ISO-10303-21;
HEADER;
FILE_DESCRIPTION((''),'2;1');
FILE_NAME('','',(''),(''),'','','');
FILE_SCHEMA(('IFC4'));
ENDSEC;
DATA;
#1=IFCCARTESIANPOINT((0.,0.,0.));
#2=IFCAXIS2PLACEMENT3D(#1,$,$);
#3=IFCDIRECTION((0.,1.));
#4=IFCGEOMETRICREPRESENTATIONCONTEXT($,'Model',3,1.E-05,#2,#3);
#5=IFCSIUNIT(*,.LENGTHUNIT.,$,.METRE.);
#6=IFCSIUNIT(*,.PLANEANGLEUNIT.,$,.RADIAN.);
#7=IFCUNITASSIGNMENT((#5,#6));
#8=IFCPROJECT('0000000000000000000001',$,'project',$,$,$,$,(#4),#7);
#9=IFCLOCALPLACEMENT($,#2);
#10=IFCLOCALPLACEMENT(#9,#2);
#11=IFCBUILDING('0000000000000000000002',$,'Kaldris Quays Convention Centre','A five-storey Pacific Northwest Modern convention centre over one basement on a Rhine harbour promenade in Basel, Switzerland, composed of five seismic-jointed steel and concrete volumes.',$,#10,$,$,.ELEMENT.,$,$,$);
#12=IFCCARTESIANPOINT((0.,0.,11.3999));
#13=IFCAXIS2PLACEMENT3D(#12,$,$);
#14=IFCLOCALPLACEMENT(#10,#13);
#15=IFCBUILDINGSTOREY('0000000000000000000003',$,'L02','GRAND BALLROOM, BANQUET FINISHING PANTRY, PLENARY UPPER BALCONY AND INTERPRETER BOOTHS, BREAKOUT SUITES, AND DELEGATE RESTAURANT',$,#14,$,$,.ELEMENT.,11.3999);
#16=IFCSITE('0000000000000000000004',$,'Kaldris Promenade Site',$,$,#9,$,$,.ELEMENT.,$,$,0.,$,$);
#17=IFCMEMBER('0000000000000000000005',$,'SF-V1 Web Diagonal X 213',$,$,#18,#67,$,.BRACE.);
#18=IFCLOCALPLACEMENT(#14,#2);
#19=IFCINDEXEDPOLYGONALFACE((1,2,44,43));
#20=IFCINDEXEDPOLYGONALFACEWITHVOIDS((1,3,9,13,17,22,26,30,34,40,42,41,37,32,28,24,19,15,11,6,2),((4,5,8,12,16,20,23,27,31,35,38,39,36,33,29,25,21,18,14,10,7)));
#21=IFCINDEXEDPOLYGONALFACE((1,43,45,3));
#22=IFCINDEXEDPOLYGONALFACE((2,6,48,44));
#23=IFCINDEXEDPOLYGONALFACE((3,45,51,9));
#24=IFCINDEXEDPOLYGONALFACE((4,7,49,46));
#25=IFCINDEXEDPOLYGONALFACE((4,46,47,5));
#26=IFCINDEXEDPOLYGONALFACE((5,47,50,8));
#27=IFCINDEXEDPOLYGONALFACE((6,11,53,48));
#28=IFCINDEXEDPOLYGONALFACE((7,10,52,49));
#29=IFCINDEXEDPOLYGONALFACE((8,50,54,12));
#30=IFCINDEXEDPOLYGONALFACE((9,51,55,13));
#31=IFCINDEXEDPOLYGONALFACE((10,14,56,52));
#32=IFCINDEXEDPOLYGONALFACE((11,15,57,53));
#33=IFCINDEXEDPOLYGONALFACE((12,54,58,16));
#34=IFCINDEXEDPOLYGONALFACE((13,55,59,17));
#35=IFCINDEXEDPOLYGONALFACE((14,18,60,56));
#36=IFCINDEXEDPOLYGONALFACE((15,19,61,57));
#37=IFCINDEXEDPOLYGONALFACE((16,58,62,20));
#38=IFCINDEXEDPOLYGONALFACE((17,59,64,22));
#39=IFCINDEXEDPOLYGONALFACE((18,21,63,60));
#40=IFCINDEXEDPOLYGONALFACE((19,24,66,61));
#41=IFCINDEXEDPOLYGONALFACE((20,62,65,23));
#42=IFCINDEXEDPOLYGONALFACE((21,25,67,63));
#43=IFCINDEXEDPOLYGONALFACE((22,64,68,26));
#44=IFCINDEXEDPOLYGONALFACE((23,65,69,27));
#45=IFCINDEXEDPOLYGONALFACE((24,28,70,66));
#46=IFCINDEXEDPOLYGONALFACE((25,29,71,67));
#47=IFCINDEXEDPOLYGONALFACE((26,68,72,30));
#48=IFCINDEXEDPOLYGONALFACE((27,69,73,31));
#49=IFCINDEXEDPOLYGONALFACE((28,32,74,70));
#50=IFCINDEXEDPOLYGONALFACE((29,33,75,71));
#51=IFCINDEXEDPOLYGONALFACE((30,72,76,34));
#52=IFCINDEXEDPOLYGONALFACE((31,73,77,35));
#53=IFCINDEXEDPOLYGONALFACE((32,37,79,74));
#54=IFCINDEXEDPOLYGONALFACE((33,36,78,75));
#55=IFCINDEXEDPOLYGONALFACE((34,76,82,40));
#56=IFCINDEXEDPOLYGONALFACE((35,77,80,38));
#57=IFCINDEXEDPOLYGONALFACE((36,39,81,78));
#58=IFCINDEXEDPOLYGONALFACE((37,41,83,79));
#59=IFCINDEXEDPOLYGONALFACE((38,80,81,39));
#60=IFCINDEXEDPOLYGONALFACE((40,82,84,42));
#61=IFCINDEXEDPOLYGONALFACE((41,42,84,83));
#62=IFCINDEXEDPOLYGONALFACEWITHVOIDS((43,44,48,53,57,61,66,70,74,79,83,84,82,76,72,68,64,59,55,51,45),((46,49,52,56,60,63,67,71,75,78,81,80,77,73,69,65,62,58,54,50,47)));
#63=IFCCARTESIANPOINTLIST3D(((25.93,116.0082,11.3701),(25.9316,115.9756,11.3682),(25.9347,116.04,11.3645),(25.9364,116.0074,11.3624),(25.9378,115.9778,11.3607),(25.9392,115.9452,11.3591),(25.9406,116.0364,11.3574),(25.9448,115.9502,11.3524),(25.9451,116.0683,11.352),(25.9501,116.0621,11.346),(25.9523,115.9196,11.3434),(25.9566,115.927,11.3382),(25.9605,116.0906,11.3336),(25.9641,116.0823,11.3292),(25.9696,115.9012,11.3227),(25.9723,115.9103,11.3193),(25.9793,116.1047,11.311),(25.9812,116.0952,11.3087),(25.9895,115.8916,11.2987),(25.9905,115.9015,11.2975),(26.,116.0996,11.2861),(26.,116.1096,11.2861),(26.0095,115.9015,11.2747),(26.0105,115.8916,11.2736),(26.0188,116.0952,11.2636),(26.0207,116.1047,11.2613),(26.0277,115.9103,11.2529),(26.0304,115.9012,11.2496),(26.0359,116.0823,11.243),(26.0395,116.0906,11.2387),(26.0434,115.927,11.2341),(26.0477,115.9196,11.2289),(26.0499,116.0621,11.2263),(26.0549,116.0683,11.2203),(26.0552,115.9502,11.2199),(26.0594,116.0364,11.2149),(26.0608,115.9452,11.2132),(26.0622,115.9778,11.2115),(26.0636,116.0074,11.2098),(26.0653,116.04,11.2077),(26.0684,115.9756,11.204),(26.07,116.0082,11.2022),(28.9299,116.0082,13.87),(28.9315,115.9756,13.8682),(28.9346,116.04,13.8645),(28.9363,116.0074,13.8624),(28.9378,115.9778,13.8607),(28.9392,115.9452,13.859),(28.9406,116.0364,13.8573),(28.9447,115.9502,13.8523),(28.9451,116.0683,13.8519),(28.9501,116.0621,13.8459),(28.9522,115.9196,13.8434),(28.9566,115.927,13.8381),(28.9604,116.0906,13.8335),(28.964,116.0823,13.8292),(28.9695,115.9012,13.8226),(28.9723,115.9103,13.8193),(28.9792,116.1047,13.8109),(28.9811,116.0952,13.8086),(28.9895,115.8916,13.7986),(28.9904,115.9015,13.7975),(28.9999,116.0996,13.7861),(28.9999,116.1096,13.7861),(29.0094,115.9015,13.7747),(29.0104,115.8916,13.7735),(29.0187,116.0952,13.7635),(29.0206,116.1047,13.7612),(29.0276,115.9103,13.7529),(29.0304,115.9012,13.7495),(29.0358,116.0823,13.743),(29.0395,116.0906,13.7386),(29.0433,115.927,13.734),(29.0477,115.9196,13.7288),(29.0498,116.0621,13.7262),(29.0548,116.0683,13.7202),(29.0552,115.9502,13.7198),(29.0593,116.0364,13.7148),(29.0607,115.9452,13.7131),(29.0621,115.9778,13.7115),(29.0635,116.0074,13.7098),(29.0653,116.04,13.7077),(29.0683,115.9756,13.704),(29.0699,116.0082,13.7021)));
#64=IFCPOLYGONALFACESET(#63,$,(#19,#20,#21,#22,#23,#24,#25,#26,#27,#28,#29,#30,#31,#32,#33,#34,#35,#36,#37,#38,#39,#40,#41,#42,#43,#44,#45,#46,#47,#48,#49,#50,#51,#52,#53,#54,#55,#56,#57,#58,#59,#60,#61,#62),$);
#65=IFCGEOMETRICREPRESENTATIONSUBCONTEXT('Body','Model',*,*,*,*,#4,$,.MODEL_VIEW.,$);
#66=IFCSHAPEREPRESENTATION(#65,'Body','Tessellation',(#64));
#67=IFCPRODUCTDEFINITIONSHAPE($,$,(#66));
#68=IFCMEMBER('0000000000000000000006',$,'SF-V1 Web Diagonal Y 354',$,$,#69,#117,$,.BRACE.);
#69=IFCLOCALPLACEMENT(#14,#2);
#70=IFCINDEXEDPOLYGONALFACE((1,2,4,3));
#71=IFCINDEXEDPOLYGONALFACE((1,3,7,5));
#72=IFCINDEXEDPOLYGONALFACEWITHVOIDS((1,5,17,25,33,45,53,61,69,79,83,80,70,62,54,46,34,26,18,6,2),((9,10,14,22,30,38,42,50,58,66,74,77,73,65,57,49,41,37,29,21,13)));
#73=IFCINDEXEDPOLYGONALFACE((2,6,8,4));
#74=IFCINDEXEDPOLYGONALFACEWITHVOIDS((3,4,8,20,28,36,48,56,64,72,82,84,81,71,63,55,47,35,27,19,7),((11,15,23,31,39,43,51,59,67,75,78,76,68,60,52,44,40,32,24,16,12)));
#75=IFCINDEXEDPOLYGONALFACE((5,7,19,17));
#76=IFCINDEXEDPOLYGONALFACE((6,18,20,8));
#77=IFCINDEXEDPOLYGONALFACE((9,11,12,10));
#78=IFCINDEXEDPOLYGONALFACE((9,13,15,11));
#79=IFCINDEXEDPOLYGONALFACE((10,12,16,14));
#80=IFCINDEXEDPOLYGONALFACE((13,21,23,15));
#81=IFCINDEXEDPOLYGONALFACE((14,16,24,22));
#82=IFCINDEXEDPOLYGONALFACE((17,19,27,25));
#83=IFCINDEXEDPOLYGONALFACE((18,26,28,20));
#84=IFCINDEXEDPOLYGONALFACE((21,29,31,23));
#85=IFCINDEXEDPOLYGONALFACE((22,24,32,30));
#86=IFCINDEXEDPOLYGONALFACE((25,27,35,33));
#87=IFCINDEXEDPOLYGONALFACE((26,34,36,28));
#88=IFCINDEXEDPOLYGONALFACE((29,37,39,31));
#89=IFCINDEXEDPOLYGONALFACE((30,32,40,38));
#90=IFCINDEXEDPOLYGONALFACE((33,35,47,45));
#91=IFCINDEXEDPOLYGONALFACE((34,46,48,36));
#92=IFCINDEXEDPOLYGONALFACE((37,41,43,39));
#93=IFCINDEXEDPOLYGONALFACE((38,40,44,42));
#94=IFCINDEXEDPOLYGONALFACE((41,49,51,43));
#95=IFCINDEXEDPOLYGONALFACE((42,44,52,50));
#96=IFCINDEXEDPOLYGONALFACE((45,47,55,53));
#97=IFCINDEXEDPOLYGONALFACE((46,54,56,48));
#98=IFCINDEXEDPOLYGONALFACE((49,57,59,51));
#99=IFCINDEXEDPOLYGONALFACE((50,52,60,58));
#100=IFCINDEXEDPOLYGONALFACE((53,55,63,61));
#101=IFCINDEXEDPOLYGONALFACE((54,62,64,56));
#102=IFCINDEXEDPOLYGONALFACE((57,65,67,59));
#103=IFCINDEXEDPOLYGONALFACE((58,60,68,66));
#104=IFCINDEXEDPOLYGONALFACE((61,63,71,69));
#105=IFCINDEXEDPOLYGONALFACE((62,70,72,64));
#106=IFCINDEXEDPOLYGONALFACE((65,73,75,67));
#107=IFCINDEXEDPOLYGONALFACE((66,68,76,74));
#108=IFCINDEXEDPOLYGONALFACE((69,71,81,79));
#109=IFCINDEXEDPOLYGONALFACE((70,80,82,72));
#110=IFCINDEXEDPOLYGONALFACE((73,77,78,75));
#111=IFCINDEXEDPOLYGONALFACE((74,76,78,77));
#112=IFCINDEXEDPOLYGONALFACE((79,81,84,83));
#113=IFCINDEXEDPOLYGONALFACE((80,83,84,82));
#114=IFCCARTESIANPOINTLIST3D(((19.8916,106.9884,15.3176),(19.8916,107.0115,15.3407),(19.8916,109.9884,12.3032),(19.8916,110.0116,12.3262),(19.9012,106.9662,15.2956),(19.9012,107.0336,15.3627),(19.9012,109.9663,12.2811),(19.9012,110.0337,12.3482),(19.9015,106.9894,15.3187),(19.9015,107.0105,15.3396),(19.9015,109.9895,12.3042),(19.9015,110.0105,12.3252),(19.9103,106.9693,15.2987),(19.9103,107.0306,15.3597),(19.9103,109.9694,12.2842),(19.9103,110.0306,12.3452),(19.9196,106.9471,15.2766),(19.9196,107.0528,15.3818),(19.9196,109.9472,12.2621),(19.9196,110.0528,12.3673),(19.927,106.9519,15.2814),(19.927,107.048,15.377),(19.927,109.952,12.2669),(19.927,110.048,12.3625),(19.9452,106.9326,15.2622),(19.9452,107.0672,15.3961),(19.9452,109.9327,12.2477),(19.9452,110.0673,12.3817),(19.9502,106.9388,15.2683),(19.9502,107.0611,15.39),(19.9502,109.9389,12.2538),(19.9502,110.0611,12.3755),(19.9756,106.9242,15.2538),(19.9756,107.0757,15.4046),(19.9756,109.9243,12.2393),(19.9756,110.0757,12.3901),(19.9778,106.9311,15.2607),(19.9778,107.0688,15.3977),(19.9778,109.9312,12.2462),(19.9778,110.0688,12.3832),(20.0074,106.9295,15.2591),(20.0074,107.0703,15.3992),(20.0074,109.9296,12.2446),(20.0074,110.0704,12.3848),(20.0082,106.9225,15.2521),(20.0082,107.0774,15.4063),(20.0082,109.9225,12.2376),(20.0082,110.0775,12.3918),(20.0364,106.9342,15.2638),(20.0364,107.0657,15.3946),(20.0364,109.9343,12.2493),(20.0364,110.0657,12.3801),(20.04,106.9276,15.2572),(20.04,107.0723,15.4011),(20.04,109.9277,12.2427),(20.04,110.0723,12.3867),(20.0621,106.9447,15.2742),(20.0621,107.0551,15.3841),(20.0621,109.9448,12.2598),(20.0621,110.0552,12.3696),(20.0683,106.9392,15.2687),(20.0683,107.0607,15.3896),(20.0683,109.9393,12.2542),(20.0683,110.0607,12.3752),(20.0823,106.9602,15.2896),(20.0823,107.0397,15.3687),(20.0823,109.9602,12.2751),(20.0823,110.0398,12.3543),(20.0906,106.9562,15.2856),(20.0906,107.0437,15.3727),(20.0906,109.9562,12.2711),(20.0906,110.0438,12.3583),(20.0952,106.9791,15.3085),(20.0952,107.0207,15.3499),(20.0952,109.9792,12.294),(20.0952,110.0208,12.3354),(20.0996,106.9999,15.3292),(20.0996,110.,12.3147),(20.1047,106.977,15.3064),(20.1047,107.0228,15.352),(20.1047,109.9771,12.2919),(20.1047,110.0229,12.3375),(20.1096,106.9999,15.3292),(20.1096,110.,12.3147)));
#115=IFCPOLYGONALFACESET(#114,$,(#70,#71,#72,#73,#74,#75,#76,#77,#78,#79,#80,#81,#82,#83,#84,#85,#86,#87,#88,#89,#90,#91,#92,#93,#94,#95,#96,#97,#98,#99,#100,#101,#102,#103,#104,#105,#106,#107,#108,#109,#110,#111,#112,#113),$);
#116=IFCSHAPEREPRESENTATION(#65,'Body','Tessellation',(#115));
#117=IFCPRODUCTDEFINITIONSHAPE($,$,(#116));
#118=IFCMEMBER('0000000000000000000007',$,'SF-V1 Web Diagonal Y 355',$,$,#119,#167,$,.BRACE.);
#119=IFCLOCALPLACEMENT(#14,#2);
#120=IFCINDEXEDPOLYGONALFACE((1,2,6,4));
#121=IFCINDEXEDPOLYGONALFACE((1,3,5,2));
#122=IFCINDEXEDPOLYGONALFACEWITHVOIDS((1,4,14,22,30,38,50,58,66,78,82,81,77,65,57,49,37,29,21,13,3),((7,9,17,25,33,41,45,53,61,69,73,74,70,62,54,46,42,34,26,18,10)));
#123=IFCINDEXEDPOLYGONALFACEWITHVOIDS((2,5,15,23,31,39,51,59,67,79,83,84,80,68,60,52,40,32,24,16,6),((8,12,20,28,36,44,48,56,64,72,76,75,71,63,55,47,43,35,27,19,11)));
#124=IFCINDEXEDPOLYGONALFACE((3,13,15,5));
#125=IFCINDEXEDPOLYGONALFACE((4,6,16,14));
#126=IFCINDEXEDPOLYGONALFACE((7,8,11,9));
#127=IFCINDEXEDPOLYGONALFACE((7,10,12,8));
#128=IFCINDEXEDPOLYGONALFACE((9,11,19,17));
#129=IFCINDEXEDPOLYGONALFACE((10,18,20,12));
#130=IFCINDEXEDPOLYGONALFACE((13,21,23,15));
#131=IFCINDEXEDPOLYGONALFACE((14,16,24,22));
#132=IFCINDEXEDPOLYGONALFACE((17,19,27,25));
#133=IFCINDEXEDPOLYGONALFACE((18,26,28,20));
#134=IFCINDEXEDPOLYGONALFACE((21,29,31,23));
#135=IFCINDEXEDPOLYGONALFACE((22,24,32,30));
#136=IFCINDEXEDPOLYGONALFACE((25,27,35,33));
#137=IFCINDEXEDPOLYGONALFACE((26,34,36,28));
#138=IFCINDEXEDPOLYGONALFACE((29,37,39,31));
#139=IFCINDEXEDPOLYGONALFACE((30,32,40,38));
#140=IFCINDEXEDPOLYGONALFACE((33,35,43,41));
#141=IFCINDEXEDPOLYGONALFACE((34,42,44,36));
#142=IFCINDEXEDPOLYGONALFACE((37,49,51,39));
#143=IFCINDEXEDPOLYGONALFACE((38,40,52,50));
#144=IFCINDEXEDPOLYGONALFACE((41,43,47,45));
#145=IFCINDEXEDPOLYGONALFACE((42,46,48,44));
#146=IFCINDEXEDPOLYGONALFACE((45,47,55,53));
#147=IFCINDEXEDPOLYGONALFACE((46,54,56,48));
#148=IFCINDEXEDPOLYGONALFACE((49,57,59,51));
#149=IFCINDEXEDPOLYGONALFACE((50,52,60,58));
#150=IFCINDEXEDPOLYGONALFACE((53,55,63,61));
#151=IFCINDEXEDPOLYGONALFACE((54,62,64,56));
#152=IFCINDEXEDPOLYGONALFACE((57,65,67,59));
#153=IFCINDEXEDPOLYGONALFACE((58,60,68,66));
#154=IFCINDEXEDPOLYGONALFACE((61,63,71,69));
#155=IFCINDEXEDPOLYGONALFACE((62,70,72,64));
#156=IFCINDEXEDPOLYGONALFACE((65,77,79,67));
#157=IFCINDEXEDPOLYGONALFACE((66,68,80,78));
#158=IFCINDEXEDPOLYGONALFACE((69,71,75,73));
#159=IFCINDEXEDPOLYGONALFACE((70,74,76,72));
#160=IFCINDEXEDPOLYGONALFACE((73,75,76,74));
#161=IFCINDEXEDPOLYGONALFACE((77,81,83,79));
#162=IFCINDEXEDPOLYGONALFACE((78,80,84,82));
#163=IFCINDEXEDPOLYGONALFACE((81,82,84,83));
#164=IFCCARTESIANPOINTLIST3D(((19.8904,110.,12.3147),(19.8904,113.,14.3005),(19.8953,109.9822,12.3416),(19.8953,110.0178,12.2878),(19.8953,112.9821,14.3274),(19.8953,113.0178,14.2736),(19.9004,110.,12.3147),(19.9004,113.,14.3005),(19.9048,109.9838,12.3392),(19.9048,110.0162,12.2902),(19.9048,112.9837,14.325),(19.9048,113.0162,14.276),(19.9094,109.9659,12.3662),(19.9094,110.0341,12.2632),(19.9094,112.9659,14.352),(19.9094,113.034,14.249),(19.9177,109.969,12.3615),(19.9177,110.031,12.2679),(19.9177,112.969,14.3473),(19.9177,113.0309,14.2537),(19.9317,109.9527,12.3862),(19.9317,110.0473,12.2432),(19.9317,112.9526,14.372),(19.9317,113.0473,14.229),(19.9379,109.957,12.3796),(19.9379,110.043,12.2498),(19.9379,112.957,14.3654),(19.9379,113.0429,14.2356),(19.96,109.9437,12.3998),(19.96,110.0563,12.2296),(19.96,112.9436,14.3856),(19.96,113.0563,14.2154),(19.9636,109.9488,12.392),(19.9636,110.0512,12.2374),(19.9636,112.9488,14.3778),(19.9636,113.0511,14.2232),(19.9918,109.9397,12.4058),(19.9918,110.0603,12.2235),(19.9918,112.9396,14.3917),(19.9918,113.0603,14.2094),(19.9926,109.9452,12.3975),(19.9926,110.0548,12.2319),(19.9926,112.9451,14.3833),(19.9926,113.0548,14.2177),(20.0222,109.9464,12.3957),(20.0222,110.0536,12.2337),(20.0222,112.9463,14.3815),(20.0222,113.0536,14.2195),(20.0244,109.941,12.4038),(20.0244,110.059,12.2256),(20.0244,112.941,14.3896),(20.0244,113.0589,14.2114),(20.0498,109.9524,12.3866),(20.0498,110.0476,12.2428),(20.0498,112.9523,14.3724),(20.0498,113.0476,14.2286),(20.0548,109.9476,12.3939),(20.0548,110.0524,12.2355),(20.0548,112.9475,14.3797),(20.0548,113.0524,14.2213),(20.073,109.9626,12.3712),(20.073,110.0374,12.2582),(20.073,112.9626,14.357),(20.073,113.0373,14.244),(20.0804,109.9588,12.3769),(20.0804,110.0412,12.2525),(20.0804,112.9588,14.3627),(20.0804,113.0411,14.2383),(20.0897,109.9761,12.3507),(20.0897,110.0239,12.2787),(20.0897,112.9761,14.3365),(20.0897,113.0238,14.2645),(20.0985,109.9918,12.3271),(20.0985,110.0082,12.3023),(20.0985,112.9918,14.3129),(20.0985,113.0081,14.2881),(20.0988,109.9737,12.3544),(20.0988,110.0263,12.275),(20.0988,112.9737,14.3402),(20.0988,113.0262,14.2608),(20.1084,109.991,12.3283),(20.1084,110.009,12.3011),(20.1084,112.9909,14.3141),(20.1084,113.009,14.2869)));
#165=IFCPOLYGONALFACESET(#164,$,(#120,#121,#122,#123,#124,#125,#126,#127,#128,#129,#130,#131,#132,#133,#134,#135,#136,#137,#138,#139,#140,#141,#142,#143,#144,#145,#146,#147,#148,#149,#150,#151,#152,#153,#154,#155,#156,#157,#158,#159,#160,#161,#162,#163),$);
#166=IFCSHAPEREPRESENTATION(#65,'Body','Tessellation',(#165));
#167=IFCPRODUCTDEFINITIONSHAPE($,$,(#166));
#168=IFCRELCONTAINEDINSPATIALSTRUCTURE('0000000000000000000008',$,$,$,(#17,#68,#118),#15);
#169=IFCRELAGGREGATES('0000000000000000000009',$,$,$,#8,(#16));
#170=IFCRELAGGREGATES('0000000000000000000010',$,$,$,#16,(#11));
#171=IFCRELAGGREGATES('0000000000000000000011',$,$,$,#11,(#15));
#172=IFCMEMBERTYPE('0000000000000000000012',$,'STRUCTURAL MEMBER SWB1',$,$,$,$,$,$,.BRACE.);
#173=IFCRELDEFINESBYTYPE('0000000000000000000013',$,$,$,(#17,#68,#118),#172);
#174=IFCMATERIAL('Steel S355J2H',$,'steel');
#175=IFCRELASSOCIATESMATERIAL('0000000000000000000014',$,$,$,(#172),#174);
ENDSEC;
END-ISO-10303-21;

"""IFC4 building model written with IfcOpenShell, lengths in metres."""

from ifc_helpers import new_model, si_unit, direction, frame, origin, origin_2d, place, context, subcontext, project, spatial, hollow_circle, extrude, material, material_profile, profile_set, type_object, element, save


model = new_model("IFC4")

# Units and contexts
model_context = context("Model", 3, precision=1e-05, world=origin(), true_north=direction((0.0, 1.0)))
body_context = subcontext(model_context, "Body", "Model", "MODEL_VIEW")
ifc_project = project(units=[si_unit("LENGTHUNIT", "METRE"), si_unit("PLANEANGLEUNIT", "RADIAN")], contexts=[model_context])

# Site, building, storey
site_placement = place(None, origin())
site = spatial("IfcSite", under=ifc_project, at=site_placement, Name="Kaldris Promenade Site", CompositionType="ELEMENT", RefElevation=0.0)
building_placement = place(site_placement, origin())
building = spatial("IfcBuilding", under=site, at=building_placement, Name="Kaldris Quays Convention Centre", Description="A five-storey Pacific Northwest Modern convention centre over one basement on a Rhine harbour promenade in Basel, Switzerland, composed of five seismic-jointed steel and concrete volumes.", CompositionType="ELEMENT")
storey_placement = place(building_placement, frame((0.0, 0.0, 11.3999)))
storey = spatial("IfcBuildingStorey", under=building, at=storey_placement, Name="L02", Description="GRAND BALLROOM, BANQUET FINISHING PANTRY, PLENARY UPPER BALCONY AND INTERPRETER BOOTHS, BREAKOUT SUITES, AND DELEGATE RESTAURANT", CompositionType="ELEMENT", Elevation=11.3999)

# Members
ifc_material_1 = material(Name="Steel S355J2H", Category="steel")
ifc_material_profile_1 = material_profile(ifc_material_1, hollow_circle(Radius=0.1096, WallThickness=0.01, at=origin_2d()), Name="CHS 219.1x10")
ifc_profile_set_1 = profile_set([ifc_material_profile_1], Name="Steel S355J2H")
member_type_1 = type_object("IfcMemberType", Name="STRUCTURAL MEMBER SWB1", PredefinedType="BRACE", material=ifc_profile_set_1)
for number, where, z_axis, x_axis, name in (
    (1, (26.0, 116.0, 11.2861), (0.768221, 0.0, 0.640184), (0.0, 1.0, 0.0), "SF-V1 Web Diagonal X 213"),
):
    element("IfcMember", number, at=place(storey_placement, frame(where, z_axis=z_axis, x_axis=x_axis)), inside=storey, type_object=member_type_1, Name=name, PredefinedType="BRACE", context=body_context, shape_type="SweptSolid", body=[
        extrude(hollow_circle(Radius=0.1096, WallThickness=0.01, at=origin_2d()), origin(), (0.0, 0.0, 1.0), 3.905),
    ])
member_1_placement = place(storey_placement, frame((20.0, 110.0, 12.3147), z_axis=(0.0, -0.705411, 0.708798), x_axis=(1.0, 0.0, 0.0)))
element("IfcMember", 2, at=member_1_placement, inside=storey, type_object=member_type_1, Name="SF-V1 Web Diagonal Y 354", PredefinedType="BRACE", context=body_context, shape_type="SweptSolid", body=[
    extrude(hollow_circle(Radius=0.1096, WallThickness=0.01, at=origin_2d()), origin(), (0.0, 0.0, 1.0), 4.2529),
])
member_2_placement = place(storey_placement, frame((20.0, 110.0, 12.3147), z_axis=(0.0, 0.833862, 0.551972), x_axis=(-1.0, 0.0, 0.0)))
element("IfcMember", 3, at=member_2_placement, inside=storey, type_object=member_type_1, Name="SF-V1 Web Diagonal Y 355", PredefinedType="BRACE", context=body_context, shape_type="SweptSolid", body=[
    extrude(hollow_circle(Radius=0.1096, WallThickness=0.01, at=origin_2d()), origin(), (0.0, 0.0, 1.0), 3.5977),
])

save(model, "model.ifc")
